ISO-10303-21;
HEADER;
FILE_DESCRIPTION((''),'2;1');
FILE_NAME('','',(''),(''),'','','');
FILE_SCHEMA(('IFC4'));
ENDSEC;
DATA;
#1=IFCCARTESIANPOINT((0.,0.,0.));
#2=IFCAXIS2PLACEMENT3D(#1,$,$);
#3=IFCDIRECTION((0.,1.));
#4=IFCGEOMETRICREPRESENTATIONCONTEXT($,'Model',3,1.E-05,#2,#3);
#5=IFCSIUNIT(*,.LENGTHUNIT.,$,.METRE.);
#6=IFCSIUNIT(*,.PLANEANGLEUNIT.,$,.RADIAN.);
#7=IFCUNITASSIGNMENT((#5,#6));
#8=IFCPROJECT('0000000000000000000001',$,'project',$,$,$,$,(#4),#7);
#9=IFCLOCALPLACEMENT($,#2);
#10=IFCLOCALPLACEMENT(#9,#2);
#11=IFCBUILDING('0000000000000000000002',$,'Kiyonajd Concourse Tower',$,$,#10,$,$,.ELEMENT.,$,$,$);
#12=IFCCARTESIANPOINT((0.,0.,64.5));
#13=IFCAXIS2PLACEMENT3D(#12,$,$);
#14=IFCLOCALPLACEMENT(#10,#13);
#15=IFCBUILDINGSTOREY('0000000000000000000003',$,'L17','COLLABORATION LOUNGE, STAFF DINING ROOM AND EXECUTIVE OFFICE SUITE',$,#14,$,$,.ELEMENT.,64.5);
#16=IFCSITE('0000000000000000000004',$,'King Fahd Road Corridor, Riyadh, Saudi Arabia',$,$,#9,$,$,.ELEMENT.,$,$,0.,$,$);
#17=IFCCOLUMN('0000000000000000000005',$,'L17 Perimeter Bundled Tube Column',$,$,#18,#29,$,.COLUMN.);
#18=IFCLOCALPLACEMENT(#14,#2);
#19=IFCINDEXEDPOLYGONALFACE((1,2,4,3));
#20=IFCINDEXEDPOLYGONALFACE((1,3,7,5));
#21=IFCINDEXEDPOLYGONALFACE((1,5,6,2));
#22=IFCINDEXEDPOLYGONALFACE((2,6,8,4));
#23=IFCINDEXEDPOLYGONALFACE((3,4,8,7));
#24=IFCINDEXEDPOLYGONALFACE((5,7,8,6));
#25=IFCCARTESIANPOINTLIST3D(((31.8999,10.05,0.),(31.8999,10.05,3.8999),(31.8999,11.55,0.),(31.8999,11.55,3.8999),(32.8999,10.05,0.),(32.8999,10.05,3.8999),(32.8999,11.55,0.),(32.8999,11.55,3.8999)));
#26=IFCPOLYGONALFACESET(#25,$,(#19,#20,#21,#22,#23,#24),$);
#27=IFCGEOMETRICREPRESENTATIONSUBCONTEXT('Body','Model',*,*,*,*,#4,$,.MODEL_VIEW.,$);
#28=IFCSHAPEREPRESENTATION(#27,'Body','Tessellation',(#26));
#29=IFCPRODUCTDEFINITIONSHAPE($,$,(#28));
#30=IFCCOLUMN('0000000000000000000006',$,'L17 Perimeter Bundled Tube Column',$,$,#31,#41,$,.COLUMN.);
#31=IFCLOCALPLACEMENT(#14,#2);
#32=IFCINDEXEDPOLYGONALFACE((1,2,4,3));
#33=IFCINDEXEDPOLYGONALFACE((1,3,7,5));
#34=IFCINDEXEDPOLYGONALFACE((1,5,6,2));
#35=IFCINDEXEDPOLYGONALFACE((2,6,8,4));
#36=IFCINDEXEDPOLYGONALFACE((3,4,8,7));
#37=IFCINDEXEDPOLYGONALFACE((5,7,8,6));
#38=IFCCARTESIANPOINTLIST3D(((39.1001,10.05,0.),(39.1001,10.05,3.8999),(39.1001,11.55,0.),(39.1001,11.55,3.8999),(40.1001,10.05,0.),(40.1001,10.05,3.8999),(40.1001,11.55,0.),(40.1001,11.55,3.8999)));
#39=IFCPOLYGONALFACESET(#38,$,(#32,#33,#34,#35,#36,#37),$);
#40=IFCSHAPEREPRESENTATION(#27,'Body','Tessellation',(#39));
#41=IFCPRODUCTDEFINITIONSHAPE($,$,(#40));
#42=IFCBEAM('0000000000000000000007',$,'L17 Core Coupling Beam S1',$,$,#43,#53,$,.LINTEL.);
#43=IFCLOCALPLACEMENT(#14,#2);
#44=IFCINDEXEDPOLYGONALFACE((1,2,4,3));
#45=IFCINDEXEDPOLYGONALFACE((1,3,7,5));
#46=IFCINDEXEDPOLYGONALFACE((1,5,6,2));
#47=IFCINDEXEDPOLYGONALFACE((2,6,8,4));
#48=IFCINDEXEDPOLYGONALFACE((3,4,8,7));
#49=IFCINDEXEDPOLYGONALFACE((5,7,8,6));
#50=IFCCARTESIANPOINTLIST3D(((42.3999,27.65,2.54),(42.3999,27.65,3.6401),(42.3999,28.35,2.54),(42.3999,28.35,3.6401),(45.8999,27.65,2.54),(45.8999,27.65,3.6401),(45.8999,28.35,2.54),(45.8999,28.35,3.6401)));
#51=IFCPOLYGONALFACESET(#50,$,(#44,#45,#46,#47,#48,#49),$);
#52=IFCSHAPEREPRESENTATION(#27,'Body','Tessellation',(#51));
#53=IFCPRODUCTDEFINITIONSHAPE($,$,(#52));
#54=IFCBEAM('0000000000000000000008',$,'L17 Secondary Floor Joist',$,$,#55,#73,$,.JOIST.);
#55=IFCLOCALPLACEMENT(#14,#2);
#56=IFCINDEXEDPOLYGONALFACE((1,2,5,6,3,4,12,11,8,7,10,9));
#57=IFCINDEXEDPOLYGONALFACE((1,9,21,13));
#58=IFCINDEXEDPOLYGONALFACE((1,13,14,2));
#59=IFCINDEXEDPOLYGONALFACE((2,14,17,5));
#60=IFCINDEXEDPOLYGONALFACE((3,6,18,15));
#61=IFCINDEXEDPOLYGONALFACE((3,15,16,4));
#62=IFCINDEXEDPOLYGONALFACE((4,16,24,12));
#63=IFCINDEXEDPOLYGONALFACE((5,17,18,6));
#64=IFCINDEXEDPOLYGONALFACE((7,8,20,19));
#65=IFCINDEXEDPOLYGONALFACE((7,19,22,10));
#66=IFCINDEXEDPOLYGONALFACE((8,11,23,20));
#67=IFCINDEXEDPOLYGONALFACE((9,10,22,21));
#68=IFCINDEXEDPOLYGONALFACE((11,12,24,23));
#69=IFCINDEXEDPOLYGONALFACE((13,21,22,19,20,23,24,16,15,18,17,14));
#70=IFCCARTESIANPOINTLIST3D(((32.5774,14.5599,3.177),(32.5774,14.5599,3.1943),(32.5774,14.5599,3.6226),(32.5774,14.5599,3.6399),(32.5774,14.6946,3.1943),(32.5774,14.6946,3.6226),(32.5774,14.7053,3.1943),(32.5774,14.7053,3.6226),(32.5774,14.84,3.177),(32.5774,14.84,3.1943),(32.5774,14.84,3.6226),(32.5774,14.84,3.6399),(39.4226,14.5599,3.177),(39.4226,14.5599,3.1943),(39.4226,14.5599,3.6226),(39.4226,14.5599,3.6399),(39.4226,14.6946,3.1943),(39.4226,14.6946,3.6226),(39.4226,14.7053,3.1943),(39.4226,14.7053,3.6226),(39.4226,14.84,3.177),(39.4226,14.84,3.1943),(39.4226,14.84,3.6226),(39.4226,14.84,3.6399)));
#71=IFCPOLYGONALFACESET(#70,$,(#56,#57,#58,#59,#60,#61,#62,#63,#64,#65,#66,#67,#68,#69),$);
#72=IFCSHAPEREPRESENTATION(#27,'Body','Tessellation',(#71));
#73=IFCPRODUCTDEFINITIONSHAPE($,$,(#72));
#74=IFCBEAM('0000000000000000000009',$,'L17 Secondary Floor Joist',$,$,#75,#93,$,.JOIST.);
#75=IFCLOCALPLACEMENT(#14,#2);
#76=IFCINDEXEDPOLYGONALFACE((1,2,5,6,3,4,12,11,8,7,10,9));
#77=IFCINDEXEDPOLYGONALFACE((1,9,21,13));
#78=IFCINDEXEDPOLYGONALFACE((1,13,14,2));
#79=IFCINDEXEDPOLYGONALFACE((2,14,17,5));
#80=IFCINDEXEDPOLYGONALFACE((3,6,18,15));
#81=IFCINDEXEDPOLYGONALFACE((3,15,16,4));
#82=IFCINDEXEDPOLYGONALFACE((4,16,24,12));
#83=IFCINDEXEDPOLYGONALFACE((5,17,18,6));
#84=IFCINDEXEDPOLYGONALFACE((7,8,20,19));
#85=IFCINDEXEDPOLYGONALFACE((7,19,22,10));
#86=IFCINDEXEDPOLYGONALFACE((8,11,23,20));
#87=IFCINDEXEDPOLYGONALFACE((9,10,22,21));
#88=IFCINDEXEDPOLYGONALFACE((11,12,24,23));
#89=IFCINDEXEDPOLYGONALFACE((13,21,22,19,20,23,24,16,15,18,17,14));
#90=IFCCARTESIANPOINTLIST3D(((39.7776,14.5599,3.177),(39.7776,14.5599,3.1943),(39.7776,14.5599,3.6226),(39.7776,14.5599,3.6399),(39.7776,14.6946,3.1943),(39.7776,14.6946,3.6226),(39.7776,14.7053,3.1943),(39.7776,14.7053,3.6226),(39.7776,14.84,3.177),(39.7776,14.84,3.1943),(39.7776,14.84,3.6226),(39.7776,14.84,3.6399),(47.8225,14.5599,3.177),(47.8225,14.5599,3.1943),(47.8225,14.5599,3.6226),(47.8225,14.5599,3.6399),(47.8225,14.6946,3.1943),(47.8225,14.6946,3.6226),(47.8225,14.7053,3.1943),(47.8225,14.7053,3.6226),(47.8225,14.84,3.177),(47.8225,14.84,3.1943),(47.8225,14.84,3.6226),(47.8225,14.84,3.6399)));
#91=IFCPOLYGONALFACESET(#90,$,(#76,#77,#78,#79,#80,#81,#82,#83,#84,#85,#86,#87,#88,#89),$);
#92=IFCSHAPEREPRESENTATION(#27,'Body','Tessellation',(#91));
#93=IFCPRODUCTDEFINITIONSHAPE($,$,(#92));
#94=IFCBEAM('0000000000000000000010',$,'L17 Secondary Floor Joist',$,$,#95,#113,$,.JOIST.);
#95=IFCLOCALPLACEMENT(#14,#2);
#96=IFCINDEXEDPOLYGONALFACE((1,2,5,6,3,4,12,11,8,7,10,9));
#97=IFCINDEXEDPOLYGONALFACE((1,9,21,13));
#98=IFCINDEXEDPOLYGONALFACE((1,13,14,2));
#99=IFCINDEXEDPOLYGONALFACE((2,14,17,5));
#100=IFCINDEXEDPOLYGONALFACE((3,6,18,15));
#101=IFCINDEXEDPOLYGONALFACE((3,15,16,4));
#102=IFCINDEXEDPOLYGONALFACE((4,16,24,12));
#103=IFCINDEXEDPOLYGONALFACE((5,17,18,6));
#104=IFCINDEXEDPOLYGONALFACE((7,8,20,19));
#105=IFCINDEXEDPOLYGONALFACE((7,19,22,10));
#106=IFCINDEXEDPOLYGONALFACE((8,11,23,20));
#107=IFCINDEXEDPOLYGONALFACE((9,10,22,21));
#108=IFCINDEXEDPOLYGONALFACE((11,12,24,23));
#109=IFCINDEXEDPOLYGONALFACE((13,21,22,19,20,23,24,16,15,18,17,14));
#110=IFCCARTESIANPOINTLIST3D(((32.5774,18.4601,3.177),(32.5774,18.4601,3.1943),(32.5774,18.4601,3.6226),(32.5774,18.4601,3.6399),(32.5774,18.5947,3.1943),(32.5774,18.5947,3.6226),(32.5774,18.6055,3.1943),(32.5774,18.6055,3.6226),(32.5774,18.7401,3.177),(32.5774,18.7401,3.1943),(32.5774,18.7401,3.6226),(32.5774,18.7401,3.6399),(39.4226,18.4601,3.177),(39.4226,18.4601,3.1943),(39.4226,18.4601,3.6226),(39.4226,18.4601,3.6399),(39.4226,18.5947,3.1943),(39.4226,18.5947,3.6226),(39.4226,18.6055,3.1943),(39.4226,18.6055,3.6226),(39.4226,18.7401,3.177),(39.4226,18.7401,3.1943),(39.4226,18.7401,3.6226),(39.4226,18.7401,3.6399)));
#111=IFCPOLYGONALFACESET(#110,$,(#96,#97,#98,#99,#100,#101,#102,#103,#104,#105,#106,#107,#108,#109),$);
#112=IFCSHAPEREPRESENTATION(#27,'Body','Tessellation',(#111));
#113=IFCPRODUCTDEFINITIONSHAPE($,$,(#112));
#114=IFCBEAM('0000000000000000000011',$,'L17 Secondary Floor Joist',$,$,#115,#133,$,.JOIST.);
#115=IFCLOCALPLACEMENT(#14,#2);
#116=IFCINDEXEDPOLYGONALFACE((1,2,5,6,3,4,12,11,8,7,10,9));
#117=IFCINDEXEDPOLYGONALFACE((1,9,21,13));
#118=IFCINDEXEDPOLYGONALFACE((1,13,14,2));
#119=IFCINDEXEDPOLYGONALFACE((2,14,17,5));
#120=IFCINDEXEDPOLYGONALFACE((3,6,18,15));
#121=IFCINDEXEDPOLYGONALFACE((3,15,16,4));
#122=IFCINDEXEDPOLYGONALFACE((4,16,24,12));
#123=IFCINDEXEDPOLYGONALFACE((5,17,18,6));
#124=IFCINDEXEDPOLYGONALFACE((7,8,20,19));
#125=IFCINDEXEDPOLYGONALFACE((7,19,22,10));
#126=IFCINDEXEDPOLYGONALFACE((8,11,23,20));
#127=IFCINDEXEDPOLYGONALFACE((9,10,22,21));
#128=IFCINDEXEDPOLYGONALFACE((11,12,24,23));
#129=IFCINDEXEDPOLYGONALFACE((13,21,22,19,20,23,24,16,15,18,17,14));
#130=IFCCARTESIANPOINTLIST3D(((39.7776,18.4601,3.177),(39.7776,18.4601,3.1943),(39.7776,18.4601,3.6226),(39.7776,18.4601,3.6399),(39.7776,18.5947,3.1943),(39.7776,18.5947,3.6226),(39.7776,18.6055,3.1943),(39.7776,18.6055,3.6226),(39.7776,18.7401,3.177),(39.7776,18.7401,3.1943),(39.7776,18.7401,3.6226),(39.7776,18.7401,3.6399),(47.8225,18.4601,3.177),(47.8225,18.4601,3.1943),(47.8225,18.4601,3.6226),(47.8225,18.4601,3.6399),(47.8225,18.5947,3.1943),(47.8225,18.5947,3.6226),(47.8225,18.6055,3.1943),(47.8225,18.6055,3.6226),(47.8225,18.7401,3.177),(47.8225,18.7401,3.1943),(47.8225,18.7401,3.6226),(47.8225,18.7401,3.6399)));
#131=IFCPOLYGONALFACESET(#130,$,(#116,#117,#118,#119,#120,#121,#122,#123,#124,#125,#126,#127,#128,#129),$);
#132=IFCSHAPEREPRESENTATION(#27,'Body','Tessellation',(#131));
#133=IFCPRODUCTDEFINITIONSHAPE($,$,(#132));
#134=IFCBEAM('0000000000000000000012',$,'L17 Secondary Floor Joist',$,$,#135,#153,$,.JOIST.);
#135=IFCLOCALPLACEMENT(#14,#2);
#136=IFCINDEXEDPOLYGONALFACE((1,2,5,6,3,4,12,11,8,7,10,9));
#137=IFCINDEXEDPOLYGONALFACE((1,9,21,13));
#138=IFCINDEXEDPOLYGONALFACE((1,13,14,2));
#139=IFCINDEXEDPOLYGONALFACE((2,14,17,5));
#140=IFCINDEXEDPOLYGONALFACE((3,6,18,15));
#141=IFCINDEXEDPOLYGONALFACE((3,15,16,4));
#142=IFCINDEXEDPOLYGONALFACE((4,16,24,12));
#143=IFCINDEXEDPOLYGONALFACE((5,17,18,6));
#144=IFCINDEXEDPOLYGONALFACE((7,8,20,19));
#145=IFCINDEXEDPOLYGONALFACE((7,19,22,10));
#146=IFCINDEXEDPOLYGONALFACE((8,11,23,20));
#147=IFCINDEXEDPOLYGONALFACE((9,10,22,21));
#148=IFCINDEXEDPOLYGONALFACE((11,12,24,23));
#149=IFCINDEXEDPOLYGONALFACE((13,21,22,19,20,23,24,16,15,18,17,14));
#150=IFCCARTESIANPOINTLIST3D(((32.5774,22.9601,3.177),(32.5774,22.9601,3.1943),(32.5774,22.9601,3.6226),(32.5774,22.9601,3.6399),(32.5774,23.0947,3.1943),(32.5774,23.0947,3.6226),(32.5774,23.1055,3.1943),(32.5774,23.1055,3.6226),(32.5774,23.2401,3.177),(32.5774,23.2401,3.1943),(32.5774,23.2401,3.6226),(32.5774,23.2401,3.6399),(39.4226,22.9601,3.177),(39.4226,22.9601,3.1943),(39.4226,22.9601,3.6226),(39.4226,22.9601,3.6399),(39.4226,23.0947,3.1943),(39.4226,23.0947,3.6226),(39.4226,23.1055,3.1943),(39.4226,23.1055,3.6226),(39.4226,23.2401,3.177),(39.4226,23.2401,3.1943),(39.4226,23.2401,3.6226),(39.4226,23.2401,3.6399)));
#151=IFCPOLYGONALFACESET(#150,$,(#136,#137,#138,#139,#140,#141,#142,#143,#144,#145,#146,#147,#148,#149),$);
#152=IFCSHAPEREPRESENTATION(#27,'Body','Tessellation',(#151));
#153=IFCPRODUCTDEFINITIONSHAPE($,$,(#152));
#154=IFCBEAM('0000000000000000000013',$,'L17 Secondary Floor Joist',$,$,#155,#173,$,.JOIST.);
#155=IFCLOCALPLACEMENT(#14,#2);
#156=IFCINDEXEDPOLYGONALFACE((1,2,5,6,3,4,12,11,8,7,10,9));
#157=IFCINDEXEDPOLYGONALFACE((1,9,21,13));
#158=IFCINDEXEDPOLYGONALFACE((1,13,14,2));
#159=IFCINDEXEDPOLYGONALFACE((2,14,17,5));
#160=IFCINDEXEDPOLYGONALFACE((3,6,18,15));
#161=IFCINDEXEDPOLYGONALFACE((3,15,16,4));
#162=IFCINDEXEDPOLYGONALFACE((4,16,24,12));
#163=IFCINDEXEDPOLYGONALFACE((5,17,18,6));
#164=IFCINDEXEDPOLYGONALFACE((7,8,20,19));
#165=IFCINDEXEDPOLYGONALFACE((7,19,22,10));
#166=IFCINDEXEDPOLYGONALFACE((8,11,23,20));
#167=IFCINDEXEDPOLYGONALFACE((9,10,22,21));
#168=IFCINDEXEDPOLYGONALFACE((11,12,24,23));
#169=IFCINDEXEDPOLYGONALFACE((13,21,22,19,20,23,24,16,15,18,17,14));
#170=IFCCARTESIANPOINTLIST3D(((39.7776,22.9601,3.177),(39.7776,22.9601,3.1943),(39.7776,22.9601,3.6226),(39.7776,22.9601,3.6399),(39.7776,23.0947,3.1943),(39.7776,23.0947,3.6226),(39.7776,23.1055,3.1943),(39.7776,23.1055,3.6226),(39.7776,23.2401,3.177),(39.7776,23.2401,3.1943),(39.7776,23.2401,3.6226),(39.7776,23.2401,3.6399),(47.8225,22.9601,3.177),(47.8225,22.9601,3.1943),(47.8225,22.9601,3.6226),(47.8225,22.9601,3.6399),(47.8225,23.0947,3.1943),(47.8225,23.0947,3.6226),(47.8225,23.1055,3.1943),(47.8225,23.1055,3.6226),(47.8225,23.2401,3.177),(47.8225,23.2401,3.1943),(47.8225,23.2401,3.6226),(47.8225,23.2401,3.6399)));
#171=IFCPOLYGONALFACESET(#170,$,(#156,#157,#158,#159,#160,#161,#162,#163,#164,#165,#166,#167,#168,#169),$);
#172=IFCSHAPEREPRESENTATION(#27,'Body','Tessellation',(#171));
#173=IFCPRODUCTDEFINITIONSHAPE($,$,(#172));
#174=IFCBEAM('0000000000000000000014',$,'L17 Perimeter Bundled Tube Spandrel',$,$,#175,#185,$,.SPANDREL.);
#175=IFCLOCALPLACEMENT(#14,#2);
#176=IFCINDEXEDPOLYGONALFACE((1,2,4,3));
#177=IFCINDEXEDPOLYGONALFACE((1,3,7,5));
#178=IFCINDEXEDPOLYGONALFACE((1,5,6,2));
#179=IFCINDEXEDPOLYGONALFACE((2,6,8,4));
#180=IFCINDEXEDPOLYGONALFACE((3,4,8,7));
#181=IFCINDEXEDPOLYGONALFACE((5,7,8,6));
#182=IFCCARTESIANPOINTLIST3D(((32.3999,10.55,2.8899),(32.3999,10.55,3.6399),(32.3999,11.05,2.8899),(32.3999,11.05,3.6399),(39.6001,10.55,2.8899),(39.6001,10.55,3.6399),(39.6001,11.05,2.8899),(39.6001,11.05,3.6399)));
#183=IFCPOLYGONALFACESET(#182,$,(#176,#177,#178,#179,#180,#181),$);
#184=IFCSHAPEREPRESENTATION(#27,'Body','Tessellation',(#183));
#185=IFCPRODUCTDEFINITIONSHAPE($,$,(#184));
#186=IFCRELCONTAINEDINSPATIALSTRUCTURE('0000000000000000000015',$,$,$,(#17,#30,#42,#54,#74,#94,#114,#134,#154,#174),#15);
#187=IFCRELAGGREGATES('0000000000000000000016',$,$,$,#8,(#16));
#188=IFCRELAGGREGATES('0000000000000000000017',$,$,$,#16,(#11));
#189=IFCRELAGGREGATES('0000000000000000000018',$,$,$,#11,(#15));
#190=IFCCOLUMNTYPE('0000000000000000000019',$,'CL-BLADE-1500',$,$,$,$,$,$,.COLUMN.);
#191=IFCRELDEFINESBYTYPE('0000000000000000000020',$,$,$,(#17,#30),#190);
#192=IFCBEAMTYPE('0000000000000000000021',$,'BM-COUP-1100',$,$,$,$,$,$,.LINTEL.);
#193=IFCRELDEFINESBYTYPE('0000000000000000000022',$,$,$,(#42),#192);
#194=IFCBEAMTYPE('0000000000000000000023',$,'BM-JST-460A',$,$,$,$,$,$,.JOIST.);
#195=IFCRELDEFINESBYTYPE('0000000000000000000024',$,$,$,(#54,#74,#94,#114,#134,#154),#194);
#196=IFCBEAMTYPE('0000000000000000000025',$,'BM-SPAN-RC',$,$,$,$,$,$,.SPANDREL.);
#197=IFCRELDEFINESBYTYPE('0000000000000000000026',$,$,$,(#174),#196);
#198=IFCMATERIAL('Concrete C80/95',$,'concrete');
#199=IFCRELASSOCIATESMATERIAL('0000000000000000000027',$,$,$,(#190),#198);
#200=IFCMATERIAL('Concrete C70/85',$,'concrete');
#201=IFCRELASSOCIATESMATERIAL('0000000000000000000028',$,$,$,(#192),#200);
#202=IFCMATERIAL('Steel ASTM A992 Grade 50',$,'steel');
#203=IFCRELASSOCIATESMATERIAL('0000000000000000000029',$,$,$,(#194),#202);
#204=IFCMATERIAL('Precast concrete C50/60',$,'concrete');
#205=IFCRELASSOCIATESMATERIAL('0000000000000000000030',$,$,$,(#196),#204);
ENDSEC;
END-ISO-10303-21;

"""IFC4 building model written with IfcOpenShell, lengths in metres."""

from ifc_helpers import new_model, si_unit, direction, frame, origin, origin_2d, place, context, subcontext, project, spatial, rectangle, i_section, extrude, material, material_profile, profile_set, type_object, element, save


model = new_model("IFC4")

# Units and contexts
model_context = context("Model", 3, precision=1e-05, world=origin(), true_north=direction((0.0, 1.0)))
body_context = subcontext(model_context, "Body", "Model", "MODEL_VIEW")
ifc_project = project(units=[si_unit("LENGTHUNIT", "METRE"), si_unit("PLANEANGLEUNIT", "RADIAN")], contexts=[model_context])

# Site, building, storey
site_placement = place(None, origin())
site = spatial("IfcSite", under=ifc_project, at=site_placement, Name="King Fahd Road Corridor, Riyadh, Saudi Arabia", CompositionType="ELEMENT", RefElevation=0.0)
building_placement = place(site_placement, origin())
building = spatial("IfcBuilding", under=site, at=building_placement, Name="Kiyonajd Concourse Tower", CompositionType="ELEMENT")
storey_placement = place(building_placement, frame((0.0, 0.0, 64.5)))
storey = spatial("IfcBuildingStorey", under=building, at=storey_placement, Name="L17", Description="COLLABORATION LOUNGE, STAFF DINING ROOM AND EXECUTIVE OFFICE SUITE", CompositionType="ELEMENT", Elevation=64.5)

# Columns
ifc_material_1 = material(Name="Concrete C80/95", Category="concrete")
ifc_material_profile_1 = material_profile(ifc_material_1, rectangle(XDim=1.0, YDim=1.5, at=origin_2d()), Name="RC-1500x1000")
ifc_profile_set_1 = profile_set([ifc_material_profile_1], Name="Concrete C80/95")
column_type = type_object("IfcColumnType", Name="CL-BLADE-1500", PredefinedType="COLUMN", material=ifc_profile_set_1)
for number, where, z_axis, x_axis, name in (
    (1, (32.3999, 10.8, 0.0), (0.0, 0.0, 1.0), (1.0, 0.0, 0.0), "L17 Perimeter Bundled Tube Column"),
    (2, (39.6001, 10.8, 0.0), (0.0, 0.0, 1.0), (1.0, 0.0, 0.0), "L17 Perimeter Bundled Tube Column"),
):
    element("IfcColumn", number, at=place(storey_placement, frame(where, z_axis=z_axis, x_axis=x_axis)), inside=storey, type_object=column_type, Name=name, PredefinedType="COLUMN", context=body_context, shape_type="SweptSolid", body=[
        extrude(rectangle(XDim=1.0, YDim=1.5, at=origin_2d()), origin(), (0.0, 0.0, 1.0), 3.8999),
    ])

# Beams
ifc_material_2 = material(Name="Concrete C70/85", Category="concrete")
ifc_material_profile_2 = material_profile(ifc_material_2, rectangle(XDim=0.7, YDim=1.1001, at=origin_2d()), Name="RCBM-700x1100")
ifc_profile_set_2 = profile_set([ifc_material_profile_2], Name="Concrete C70/85")
beam_type_1 = type_object("IfcBeamType", Name="BM-COUP-1100", PredefinedType="LINTEL", material=ifc_profile_set_2)
beam_1_placement = place(storey_placement, frame((42.3999, 28.0, 3.0901), z_axis=(1.0, 0.0, 0.0), x_axis=(0.0, 1.0, 0.0)))
element("IfcBeam", 3, at=beam_1_placement, inside=storey, type_object=beam_type_1, Name="L17 Core Coupling Beam S1", PredefinedType="LINTEL", context=body_context, shape_type="SweptSolid", body=[
    extrude(rectangle(XDim=0.7, YDim=1.1001, at=origin_2d()), origin(), (0.0, 0.0, 1.0), 3.5),
])
ifc_material_3 = material(Name="Steel ASTM A992 Grade 50", Category="steel")
ifc_material_profile_3 = material_profile(ifc_material_3, i_section(OverallWidth=0.28, OverallDepth=0.4629, WebThickness=0.0107, FlangeThickness=0.0173, at=origin_2d()), Name="W460X113")
ifc_profile_set_3 = profile_set([ifc_material_profile_3], Name="Steel ASTM A992 Grade 50")
beam_type_2 = type_object("IfcBeamType", Name="BM-JST-460A", PredefinedType="JOIST", material=ifc_profile_set_3)
beam_2_placement = place(storey_placement, frame((32.5774, 14.7, 3.4084), z_axis=(1.0, 0.0, 0.0), x_axis=(0.0, 1.0, 0.0)))
element("IfcBeam", 4, at=beam_2_placement, inside=storey, type_object=beam_type_2, Name="L17 Secondary Floor Joist", PredefinedType="JOIST", context=body_context, shape_type="SweptSolid", body=[
    extrude(i_section(OverallWidth=0.28, OverallDepth=0.4629, WebThickness=0.0107, FlangeThickness=0.0173, at=origin_2d()), origin(), (0.0, 0.0, 1.0), 6.8452),
])
beam_3_placement = place(storey_placement, frame((39.7776, 14.7, 3.4084), z_axis=(1.0, 0.0, 0.0), x_axis=(0.0, 1.0, 0.0)))
element("IfcBeam", 5, at=beam_3_placement, inside=storey, type_object=beam_type_2, Name="L17 Secondary Floor Joist", PredefinedType="JOIST", context=body_context, shape_type="SweptSolid", body=[
    extrude(i_section(OverallWidth=0.28, OverallDepth=0.4629, WebThickness=0.0107, FlangeThickness=0.0173, at=origin_2d()), origin(), (0.0, 0.0, 1.0), 8.0449),
])
beam_4_placement = place(storey_placement, frame((32.5774, 18.6001, 3.4084), z_axis=(1.0, 0.0, 0.0), x_axis=(0.0, 1.0, 0.0)))
element("IfcBeam", 6, at=beam_4_placement, inside=storey, type_object=beam_type_2, Name="L17 Secondary Floor Joist", PredefinedType="JOIST", context=body_context, shape_type="SweptSolid", body=[
    extrude(i_section(OverallWidth=0.28, OverallDepth=0.4629, WebThickness=0.0107, FlangeThickness=0.0173, at=origin_2d()), origin(), (0.0, 0.0, 1.0), 6.8452),
])
beam_5_placement = place(storey_placement, frame((39.7776, 18.6001, 3.4084), z_axis=(1.0, 0.0, 0.0), x_axis=(0.0, 1.0, 0.0)))
element("IfcBeam", 7, at=beam_5_placement, inside=storey, type_object=beam_type_2, Name="L17 Secondary Floor Joist", PredefinedType="JOIST", context=body_context, shape_type="SweptSolid", body=[
    extrude(i_section(OverallWidth=0.28, OverallDepth=0.4629, WebThickness=0.0107, FlangeThickness=0.0173, at=origin_2d()), origin(), (0.0, 0.0, 1.0), 8.0449),
])
beam_6_placement = place(storey_placement, frame((32.5774, 23.1001, 3.4084), z_axis=(1.0, 0.0, 0.0), x_axis=(0.0, 1.0, 0.0)))
element("IfcBeam", 8, at=beam_6_placement, inside=storey, type_object=beam_type_2, Name="L17 Secondary Floor Joist", PredefinedType="JOIST", context=body_context, shape_type="SweptSolid", body=[
    extrude(i_section(OverallWidth=0.28, OverallDepth=0.4629, WebThickness=0.0107, FlangeThickness=0.0173, at=origin_2d()), origin(), (0.0, 0.0, 1.0), 6.8452),
])
beam_7_placement = place(storey_placement, frame((39.7776, 23.1001, 3.4084), z_axis=(1.0, 0.0, 0.0), x_axis=(0.0, 1.0, 0.0)))
element("IfcBeam", 9, at=beam_7_placement, inside=storey, type_object=beam_type_2, Name="L17 Secondary Floor Joist", PredefinedType="JOIST", context=body_context, shape_type="SweptSolid", body=[
    extrude(i_section(OverallWidth=0.28, OverallDepth=0.4629, WebThickness=0.0107, FlangeThickness=0.0173, at=origin_2d()), origin(), (0.0, 0.0, 1.0), 8.0449),
])
ifc_material_4 = material(Name="Precast concrete C50/60", Category="concrete")
ifc_material_profile_4 = material_profile(ifc_material_4, rectangle(XDim=0.5, YDim=0.75, at=origin_2d()), Name="RCBM-500x750")
ifc_profile_set_4 = profile_set([ifc_material_profile_4], Name="Precast concrete C50/60")
beam_type_3 = type_object("IfcBeamType", Name="BM-SPAN-RC", PredefinedType="SPANDREL", material=ifc_profile_set_4)
beam_8_placement = place(storey_placement, frame((32.3999, 10.8, 3.2649), z_axis=(1.0, 0.0, 0.0), x_axis=(0.0, 1.0, 0.0)))
element("IfcBeam", 10, at=beam_8_placement, inside=storey, type_object=beam_type_3, Name="L17 Perimeter Bundled Tube Spandrel", PredefinedType="SPANDREL", context=body_context, shape_type="SweptSolid", body=[
    extrude(rectangle(XDim=0.5, YDim=0.75, at=origin_2d()), origin(), (0.0, 0.0, 1.0), 7.2002),
])

save(model, "model.ifc")
